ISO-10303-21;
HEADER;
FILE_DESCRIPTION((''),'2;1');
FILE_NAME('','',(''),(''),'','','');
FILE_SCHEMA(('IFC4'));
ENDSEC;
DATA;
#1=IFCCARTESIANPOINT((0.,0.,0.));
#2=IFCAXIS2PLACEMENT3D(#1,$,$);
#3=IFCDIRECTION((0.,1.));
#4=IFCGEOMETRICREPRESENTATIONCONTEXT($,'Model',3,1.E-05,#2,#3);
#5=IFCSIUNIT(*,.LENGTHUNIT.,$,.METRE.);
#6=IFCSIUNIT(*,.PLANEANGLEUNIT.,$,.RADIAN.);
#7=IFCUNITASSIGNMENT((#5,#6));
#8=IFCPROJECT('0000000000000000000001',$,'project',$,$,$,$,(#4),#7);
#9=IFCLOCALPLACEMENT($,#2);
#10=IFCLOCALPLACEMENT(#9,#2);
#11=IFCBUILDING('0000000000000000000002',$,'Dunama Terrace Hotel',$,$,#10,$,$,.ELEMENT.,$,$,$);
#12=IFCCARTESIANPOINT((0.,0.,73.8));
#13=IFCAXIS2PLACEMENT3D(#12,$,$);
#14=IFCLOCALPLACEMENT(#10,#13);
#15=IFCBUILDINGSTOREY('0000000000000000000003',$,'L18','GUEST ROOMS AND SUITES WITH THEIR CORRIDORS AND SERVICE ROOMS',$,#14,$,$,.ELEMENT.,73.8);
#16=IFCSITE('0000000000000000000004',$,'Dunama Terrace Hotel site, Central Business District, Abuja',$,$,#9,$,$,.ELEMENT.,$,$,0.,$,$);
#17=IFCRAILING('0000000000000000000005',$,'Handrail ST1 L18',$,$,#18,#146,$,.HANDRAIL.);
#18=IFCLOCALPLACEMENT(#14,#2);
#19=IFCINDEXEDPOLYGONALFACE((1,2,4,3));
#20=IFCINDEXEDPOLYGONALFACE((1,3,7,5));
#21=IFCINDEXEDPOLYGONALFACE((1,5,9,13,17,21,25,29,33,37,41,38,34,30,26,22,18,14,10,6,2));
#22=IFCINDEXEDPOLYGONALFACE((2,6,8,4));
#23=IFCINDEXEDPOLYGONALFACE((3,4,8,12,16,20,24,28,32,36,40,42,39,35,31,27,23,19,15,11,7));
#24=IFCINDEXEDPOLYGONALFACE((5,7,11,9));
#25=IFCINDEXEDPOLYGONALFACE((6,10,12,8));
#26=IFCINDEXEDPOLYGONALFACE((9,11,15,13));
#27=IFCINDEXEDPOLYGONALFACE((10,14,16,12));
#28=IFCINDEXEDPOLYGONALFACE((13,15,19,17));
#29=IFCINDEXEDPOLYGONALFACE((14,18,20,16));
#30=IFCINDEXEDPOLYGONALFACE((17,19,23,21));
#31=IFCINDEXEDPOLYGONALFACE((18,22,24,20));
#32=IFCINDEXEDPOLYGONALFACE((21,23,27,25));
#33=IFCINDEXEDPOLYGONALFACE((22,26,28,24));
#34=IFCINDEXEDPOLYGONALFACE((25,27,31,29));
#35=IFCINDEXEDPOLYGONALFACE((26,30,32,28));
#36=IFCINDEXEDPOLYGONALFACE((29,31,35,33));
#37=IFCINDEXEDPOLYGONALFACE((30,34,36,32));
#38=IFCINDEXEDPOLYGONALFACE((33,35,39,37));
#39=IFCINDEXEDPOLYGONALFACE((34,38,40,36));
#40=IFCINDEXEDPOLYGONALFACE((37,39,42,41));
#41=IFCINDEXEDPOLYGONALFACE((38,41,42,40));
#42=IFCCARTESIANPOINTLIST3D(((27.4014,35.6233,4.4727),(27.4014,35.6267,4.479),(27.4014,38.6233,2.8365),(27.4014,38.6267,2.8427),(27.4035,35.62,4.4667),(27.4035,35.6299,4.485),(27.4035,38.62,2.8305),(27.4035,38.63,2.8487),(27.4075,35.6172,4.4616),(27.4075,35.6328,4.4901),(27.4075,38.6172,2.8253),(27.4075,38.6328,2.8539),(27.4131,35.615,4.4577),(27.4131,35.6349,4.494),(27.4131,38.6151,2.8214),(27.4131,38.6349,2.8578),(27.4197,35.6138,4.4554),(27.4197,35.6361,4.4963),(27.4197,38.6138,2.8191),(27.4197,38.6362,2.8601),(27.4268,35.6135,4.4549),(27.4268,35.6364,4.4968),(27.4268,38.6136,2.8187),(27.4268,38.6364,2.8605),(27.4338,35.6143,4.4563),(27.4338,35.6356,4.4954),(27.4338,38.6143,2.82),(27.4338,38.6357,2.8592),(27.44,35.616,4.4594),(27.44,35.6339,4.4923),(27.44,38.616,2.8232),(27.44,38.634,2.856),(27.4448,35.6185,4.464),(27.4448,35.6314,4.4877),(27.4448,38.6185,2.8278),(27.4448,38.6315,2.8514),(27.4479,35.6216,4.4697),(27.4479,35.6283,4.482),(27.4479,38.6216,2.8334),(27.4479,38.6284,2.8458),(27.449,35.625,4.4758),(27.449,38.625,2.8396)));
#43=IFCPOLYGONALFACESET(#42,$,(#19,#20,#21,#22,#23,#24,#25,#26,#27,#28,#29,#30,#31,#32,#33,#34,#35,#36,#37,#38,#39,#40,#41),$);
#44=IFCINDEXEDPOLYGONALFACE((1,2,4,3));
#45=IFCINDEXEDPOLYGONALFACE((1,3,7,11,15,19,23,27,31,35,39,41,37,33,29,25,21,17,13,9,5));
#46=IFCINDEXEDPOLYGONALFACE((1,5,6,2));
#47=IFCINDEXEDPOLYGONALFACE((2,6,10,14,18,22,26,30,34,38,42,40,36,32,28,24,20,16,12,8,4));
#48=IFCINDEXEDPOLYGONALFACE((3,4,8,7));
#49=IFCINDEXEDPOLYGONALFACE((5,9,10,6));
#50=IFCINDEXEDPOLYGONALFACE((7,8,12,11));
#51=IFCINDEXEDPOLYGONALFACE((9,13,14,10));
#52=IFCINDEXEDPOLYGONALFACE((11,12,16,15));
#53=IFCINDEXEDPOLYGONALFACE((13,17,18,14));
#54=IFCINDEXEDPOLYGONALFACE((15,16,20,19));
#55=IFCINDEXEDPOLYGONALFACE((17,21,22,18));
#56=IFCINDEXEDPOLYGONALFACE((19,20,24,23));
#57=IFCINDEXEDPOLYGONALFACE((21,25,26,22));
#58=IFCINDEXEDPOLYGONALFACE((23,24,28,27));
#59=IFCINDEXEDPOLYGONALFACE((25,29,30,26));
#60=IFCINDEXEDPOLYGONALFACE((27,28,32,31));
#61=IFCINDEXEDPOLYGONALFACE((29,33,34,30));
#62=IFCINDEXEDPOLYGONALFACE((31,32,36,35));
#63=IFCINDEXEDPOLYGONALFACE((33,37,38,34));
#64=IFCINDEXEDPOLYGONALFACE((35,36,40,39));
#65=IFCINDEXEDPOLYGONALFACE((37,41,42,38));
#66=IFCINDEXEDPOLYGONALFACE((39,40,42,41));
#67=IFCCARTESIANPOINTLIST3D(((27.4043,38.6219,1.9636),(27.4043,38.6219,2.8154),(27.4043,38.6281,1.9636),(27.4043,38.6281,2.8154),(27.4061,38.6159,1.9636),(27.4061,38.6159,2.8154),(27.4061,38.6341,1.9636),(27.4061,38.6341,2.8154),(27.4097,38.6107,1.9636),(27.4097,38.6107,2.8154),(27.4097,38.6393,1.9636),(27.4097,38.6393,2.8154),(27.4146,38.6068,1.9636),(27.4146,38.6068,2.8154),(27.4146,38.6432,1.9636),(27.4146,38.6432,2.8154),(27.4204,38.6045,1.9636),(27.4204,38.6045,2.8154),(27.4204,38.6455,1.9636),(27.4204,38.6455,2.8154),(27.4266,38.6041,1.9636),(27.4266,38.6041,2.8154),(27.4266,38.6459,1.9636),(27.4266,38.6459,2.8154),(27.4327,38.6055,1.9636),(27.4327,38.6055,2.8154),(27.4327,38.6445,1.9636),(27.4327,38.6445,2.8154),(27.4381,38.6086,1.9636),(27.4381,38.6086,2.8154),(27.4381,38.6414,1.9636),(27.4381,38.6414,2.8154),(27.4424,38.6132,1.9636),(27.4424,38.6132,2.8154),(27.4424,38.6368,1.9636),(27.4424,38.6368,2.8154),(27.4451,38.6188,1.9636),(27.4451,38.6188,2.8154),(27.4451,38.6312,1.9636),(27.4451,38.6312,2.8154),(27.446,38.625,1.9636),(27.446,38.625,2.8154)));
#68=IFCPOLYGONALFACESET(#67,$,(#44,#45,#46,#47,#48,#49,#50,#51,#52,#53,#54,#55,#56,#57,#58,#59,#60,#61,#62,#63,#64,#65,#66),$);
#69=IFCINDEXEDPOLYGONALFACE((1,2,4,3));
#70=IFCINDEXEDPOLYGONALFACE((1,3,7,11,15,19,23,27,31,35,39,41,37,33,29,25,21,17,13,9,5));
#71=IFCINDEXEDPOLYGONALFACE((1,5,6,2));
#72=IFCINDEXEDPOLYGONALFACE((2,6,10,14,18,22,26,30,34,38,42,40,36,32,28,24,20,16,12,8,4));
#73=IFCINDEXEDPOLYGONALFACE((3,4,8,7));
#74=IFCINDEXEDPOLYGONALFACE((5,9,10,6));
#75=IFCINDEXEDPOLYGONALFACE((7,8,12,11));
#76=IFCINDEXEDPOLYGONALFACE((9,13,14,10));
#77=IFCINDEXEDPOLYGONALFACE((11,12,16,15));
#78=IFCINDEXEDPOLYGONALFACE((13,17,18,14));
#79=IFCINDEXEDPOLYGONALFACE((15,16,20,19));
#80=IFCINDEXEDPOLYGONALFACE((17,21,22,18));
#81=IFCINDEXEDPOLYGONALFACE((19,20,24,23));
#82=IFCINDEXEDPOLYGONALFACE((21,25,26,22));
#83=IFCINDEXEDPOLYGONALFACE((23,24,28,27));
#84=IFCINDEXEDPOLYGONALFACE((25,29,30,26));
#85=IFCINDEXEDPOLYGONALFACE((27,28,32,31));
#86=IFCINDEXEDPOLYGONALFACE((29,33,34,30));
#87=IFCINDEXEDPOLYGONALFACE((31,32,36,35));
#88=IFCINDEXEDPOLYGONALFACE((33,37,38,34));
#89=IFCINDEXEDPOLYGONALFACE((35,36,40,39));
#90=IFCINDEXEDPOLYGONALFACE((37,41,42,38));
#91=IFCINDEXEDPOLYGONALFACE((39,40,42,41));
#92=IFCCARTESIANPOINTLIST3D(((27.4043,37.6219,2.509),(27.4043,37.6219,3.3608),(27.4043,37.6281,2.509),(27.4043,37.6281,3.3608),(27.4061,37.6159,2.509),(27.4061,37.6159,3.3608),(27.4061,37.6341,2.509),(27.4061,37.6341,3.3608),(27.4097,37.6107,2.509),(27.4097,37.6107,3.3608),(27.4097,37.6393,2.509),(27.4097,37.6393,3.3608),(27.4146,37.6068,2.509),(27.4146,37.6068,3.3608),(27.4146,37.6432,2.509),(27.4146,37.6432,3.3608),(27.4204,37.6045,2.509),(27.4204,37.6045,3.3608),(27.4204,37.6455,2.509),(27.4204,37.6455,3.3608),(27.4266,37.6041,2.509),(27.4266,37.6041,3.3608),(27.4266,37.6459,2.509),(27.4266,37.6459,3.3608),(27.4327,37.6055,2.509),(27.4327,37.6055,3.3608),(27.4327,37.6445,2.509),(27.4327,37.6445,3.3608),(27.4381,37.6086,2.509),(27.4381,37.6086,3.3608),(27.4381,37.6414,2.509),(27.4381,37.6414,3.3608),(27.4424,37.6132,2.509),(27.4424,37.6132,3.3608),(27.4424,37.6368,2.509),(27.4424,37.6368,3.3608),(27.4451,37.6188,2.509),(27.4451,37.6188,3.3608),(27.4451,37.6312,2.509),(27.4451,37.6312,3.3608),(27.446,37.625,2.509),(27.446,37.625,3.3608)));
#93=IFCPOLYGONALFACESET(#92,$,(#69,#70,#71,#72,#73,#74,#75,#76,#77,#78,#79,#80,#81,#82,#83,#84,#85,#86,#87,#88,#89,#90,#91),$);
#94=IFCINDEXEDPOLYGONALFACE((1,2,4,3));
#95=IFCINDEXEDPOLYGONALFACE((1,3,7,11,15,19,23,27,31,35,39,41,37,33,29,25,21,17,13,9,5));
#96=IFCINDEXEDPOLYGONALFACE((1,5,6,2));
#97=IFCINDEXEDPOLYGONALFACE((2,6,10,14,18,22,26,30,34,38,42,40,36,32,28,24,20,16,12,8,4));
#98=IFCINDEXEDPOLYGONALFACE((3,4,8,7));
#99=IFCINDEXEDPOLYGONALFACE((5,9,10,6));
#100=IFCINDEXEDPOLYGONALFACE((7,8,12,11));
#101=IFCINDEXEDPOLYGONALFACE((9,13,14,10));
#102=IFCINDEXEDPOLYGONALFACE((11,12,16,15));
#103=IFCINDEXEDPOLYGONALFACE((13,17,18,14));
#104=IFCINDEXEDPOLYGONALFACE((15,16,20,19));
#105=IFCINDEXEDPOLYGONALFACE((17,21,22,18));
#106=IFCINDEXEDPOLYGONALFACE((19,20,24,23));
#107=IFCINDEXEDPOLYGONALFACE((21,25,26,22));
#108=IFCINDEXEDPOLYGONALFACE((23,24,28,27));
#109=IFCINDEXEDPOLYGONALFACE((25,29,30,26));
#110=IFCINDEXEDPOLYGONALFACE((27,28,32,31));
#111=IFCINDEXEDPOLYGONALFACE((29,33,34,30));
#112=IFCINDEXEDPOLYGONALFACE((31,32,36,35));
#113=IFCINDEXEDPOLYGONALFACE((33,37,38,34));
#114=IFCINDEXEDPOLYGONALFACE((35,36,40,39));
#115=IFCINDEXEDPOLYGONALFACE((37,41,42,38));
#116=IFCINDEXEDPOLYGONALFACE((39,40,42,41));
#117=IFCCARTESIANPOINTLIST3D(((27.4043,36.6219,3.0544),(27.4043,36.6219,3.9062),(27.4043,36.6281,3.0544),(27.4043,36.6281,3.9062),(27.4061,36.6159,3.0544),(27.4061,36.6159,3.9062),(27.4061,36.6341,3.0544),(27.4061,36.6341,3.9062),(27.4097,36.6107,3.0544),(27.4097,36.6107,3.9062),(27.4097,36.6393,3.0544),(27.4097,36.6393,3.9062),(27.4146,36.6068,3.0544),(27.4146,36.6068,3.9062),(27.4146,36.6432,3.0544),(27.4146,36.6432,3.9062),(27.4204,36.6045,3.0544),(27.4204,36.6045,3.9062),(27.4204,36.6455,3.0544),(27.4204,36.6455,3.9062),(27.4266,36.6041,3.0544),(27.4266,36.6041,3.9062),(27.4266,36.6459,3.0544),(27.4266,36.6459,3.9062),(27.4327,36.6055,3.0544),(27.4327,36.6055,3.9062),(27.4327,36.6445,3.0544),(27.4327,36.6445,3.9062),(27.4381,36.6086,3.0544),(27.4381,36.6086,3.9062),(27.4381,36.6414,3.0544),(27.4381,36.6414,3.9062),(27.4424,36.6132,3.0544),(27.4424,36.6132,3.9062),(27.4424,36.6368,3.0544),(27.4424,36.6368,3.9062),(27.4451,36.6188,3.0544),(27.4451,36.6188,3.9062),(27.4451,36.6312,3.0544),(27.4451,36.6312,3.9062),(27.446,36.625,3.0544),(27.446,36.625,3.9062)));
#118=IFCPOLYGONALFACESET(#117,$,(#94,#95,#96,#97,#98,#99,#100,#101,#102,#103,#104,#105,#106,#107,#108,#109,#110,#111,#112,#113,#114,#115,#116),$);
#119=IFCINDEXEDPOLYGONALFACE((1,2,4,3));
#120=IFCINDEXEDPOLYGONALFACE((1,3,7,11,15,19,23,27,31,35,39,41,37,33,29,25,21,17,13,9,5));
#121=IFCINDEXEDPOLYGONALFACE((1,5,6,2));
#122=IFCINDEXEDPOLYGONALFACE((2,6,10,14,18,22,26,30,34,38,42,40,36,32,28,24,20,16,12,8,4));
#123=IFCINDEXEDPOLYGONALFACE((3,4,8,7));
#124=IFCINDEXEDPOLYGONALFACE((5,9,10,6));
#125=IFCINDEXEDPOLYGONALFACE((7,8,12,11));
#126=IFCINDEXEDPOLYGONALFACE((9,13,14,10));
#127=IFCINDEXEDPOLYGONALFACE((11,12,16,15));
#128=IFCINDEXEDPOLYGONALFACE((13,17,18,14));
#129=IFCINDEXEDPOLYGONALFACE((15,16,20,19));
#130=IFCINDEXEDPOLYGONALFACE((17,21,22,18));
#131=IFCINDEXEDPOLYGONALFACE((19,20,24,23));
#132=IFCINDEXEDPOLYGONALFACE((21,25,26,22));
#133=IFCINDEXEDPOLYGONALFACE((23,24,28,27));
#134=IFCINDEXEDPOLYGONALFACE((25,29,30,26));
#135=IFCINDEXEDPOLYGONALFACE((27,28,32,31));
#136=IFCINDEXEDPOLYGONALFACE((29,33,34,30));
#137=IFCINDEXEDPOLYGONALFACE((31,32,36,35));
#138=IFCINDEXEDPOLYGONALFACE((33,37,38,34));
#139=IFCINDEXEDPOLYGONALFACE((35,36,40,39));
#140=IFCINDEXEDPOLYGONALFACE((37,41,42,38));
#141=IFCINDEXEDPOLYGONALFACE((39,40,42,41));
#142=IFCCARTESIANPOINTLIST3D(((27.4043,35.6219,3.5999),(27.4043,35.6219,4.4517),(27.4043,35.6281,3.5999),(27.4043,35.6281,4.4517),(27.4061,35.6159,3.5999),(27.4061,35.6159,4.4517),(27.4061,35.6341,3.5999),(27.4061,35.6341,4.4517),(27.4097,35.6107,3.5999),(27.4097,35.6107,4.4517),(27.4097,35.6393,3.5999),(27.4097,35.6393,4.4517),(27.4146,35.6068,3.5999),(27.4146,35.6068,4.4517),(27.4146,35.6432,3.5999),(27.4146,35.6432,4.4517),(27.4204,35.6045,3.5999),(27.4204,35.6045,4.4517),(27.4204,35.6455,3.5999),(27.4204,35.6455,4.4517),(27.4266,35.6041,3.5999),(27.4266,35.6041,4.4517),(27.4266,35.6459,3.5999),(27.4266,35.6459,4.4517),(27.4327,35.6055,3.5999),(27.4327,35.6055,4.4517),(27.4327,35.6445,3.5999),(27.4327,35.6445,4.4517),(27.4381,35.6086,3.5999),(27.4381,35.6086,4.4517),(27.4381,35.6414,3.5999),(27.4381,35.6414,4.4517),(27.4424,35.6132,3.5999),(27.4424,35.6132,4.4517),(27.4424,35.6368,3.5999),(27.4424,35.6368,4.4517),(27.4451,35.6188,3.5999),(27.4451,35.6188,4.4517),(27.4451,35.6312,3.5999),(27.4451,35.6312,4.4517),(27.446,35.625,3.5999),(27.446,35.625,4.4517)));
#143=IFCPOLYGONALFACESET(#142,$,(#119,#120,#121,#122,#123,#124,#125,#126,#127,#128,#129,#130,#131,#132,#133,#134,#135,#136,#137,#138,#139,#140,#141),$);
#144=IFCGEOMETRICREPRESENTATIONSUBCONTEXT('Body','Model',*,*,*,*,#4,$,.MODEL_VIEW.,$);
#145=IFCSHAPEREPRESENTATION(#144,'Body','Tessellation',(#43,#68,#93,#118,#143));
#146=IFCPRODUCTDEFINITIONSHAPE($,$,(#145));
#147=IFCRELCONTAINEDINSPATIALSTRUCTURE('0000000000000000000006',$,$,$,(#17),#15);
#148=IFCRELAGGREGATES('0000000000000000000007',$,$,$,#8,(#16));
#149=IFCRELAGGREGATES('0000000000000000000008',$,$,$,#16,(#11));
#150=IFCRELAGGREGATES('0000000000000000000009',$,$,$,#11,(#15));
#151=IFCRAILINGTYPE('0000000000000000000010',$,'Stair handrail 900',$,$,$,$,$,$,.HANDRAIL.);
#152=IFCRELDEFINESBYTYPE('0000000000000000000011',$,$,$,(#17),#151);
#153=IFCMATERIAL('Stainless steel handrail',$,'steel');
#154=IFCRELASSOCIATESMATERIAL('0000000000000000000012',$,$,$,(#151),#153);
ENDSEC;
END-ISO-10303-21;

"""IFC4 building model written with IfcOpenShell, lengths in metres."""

from ifc_helpers import new_model, si_unit, direction, frame, origin, origin_2d, place, context, subcontext, project, spatial, circle, extrude, material, type_object, element, save


model = new_model("IFC4")

# Units and contexts
model_context = context("Model", 3, precision=1e-05, world=origin(), true_north=direction((0.0, 1.0)))
body_context = subcontext(model_context, "Body", "Model", "MODEL_VIEW")
ifc_project = project(units=[si_unit("LENGTHUNIT", "METRE"), si_unit("PLANEANGLEUNIT", "RADIAN")], contexts=[model_context])

# Site, building, storey
site_placement = place(None, origin())
site = spatial("IfcSite", under=ifc_project, at=site_placement, Name="Dunama Terrace Hotel site, Central Business District, Abuja", CompositionType="ELEMENT", RefElevation=0.0)
building_placement = place(site_placement, origin())
building = spatial("IfcBuilding", under=site, at=building_placement, Name="Dunama Terrace Hotel", CompositionType="ELEMENT")
storey_placement = place(building_placement, frame((0.0, 0.0, 73.8)))
storey = spatial("IfcBuildingStorey", under=building, at=storey_placement, Name="L18", Description="GUEST ROOMS AND SUITES WITH THEIR CORRIDORS AND SERVICE ROOMS", CompositionType="ELEMENT", Elevation=73.8)

# Railing
ifc_material_1 = material(Name="Stainless steel handrail", Category="steel")
railing_type = type_object("IfcRailingType", Name="Stair handrail 900", PredefinedType="HANDRAIL", material=ifc_material_1)
railing_1_placement = place(storey_placement, frame((27.425, 38.625, 1.9636)))
element("IfcRailing", 1, at=railing_1_placement, inside=storey, type_object=railing_type, Name="Handrail ST1 L18", PredefinedType="HANDRAIL", context=body_context, shape_type="SweptSolid", body=[
    extrude(circle(Radius=0.0239, at=origin_2d()), frame((0.0, 0.0, 0.876), z_axis=(0.0, -0.877912, 0.478822), x_axis=(1.0, 0.0, 0.0)), (0.0, 0.0, 1.0), 3.4172),
    extrude(circle(Radius=0.021, at=origin_2d()), origin(), (0.0, 0.0, 1.0), 0.8518),
    extrude(circle(Radius=0.021, at=origin_2d()), frame((0.0, -1.0, 0.5454)), (0.0, 0.0, 1.0), 0.8518),
    extrude(circle(Radius=0.021, at=origin_2d()), frame((0.0, -2.0, 1.0908)), (0.0, 0.0, 1.0), 0.8518),
    extrude(circle(Radius=0.021, at=origin_2d()), frame((0.0, -3.0, 1.6362)), (0.0, 0.0, 1.0), 0.8518),
])

save(model, "model.ifc")
